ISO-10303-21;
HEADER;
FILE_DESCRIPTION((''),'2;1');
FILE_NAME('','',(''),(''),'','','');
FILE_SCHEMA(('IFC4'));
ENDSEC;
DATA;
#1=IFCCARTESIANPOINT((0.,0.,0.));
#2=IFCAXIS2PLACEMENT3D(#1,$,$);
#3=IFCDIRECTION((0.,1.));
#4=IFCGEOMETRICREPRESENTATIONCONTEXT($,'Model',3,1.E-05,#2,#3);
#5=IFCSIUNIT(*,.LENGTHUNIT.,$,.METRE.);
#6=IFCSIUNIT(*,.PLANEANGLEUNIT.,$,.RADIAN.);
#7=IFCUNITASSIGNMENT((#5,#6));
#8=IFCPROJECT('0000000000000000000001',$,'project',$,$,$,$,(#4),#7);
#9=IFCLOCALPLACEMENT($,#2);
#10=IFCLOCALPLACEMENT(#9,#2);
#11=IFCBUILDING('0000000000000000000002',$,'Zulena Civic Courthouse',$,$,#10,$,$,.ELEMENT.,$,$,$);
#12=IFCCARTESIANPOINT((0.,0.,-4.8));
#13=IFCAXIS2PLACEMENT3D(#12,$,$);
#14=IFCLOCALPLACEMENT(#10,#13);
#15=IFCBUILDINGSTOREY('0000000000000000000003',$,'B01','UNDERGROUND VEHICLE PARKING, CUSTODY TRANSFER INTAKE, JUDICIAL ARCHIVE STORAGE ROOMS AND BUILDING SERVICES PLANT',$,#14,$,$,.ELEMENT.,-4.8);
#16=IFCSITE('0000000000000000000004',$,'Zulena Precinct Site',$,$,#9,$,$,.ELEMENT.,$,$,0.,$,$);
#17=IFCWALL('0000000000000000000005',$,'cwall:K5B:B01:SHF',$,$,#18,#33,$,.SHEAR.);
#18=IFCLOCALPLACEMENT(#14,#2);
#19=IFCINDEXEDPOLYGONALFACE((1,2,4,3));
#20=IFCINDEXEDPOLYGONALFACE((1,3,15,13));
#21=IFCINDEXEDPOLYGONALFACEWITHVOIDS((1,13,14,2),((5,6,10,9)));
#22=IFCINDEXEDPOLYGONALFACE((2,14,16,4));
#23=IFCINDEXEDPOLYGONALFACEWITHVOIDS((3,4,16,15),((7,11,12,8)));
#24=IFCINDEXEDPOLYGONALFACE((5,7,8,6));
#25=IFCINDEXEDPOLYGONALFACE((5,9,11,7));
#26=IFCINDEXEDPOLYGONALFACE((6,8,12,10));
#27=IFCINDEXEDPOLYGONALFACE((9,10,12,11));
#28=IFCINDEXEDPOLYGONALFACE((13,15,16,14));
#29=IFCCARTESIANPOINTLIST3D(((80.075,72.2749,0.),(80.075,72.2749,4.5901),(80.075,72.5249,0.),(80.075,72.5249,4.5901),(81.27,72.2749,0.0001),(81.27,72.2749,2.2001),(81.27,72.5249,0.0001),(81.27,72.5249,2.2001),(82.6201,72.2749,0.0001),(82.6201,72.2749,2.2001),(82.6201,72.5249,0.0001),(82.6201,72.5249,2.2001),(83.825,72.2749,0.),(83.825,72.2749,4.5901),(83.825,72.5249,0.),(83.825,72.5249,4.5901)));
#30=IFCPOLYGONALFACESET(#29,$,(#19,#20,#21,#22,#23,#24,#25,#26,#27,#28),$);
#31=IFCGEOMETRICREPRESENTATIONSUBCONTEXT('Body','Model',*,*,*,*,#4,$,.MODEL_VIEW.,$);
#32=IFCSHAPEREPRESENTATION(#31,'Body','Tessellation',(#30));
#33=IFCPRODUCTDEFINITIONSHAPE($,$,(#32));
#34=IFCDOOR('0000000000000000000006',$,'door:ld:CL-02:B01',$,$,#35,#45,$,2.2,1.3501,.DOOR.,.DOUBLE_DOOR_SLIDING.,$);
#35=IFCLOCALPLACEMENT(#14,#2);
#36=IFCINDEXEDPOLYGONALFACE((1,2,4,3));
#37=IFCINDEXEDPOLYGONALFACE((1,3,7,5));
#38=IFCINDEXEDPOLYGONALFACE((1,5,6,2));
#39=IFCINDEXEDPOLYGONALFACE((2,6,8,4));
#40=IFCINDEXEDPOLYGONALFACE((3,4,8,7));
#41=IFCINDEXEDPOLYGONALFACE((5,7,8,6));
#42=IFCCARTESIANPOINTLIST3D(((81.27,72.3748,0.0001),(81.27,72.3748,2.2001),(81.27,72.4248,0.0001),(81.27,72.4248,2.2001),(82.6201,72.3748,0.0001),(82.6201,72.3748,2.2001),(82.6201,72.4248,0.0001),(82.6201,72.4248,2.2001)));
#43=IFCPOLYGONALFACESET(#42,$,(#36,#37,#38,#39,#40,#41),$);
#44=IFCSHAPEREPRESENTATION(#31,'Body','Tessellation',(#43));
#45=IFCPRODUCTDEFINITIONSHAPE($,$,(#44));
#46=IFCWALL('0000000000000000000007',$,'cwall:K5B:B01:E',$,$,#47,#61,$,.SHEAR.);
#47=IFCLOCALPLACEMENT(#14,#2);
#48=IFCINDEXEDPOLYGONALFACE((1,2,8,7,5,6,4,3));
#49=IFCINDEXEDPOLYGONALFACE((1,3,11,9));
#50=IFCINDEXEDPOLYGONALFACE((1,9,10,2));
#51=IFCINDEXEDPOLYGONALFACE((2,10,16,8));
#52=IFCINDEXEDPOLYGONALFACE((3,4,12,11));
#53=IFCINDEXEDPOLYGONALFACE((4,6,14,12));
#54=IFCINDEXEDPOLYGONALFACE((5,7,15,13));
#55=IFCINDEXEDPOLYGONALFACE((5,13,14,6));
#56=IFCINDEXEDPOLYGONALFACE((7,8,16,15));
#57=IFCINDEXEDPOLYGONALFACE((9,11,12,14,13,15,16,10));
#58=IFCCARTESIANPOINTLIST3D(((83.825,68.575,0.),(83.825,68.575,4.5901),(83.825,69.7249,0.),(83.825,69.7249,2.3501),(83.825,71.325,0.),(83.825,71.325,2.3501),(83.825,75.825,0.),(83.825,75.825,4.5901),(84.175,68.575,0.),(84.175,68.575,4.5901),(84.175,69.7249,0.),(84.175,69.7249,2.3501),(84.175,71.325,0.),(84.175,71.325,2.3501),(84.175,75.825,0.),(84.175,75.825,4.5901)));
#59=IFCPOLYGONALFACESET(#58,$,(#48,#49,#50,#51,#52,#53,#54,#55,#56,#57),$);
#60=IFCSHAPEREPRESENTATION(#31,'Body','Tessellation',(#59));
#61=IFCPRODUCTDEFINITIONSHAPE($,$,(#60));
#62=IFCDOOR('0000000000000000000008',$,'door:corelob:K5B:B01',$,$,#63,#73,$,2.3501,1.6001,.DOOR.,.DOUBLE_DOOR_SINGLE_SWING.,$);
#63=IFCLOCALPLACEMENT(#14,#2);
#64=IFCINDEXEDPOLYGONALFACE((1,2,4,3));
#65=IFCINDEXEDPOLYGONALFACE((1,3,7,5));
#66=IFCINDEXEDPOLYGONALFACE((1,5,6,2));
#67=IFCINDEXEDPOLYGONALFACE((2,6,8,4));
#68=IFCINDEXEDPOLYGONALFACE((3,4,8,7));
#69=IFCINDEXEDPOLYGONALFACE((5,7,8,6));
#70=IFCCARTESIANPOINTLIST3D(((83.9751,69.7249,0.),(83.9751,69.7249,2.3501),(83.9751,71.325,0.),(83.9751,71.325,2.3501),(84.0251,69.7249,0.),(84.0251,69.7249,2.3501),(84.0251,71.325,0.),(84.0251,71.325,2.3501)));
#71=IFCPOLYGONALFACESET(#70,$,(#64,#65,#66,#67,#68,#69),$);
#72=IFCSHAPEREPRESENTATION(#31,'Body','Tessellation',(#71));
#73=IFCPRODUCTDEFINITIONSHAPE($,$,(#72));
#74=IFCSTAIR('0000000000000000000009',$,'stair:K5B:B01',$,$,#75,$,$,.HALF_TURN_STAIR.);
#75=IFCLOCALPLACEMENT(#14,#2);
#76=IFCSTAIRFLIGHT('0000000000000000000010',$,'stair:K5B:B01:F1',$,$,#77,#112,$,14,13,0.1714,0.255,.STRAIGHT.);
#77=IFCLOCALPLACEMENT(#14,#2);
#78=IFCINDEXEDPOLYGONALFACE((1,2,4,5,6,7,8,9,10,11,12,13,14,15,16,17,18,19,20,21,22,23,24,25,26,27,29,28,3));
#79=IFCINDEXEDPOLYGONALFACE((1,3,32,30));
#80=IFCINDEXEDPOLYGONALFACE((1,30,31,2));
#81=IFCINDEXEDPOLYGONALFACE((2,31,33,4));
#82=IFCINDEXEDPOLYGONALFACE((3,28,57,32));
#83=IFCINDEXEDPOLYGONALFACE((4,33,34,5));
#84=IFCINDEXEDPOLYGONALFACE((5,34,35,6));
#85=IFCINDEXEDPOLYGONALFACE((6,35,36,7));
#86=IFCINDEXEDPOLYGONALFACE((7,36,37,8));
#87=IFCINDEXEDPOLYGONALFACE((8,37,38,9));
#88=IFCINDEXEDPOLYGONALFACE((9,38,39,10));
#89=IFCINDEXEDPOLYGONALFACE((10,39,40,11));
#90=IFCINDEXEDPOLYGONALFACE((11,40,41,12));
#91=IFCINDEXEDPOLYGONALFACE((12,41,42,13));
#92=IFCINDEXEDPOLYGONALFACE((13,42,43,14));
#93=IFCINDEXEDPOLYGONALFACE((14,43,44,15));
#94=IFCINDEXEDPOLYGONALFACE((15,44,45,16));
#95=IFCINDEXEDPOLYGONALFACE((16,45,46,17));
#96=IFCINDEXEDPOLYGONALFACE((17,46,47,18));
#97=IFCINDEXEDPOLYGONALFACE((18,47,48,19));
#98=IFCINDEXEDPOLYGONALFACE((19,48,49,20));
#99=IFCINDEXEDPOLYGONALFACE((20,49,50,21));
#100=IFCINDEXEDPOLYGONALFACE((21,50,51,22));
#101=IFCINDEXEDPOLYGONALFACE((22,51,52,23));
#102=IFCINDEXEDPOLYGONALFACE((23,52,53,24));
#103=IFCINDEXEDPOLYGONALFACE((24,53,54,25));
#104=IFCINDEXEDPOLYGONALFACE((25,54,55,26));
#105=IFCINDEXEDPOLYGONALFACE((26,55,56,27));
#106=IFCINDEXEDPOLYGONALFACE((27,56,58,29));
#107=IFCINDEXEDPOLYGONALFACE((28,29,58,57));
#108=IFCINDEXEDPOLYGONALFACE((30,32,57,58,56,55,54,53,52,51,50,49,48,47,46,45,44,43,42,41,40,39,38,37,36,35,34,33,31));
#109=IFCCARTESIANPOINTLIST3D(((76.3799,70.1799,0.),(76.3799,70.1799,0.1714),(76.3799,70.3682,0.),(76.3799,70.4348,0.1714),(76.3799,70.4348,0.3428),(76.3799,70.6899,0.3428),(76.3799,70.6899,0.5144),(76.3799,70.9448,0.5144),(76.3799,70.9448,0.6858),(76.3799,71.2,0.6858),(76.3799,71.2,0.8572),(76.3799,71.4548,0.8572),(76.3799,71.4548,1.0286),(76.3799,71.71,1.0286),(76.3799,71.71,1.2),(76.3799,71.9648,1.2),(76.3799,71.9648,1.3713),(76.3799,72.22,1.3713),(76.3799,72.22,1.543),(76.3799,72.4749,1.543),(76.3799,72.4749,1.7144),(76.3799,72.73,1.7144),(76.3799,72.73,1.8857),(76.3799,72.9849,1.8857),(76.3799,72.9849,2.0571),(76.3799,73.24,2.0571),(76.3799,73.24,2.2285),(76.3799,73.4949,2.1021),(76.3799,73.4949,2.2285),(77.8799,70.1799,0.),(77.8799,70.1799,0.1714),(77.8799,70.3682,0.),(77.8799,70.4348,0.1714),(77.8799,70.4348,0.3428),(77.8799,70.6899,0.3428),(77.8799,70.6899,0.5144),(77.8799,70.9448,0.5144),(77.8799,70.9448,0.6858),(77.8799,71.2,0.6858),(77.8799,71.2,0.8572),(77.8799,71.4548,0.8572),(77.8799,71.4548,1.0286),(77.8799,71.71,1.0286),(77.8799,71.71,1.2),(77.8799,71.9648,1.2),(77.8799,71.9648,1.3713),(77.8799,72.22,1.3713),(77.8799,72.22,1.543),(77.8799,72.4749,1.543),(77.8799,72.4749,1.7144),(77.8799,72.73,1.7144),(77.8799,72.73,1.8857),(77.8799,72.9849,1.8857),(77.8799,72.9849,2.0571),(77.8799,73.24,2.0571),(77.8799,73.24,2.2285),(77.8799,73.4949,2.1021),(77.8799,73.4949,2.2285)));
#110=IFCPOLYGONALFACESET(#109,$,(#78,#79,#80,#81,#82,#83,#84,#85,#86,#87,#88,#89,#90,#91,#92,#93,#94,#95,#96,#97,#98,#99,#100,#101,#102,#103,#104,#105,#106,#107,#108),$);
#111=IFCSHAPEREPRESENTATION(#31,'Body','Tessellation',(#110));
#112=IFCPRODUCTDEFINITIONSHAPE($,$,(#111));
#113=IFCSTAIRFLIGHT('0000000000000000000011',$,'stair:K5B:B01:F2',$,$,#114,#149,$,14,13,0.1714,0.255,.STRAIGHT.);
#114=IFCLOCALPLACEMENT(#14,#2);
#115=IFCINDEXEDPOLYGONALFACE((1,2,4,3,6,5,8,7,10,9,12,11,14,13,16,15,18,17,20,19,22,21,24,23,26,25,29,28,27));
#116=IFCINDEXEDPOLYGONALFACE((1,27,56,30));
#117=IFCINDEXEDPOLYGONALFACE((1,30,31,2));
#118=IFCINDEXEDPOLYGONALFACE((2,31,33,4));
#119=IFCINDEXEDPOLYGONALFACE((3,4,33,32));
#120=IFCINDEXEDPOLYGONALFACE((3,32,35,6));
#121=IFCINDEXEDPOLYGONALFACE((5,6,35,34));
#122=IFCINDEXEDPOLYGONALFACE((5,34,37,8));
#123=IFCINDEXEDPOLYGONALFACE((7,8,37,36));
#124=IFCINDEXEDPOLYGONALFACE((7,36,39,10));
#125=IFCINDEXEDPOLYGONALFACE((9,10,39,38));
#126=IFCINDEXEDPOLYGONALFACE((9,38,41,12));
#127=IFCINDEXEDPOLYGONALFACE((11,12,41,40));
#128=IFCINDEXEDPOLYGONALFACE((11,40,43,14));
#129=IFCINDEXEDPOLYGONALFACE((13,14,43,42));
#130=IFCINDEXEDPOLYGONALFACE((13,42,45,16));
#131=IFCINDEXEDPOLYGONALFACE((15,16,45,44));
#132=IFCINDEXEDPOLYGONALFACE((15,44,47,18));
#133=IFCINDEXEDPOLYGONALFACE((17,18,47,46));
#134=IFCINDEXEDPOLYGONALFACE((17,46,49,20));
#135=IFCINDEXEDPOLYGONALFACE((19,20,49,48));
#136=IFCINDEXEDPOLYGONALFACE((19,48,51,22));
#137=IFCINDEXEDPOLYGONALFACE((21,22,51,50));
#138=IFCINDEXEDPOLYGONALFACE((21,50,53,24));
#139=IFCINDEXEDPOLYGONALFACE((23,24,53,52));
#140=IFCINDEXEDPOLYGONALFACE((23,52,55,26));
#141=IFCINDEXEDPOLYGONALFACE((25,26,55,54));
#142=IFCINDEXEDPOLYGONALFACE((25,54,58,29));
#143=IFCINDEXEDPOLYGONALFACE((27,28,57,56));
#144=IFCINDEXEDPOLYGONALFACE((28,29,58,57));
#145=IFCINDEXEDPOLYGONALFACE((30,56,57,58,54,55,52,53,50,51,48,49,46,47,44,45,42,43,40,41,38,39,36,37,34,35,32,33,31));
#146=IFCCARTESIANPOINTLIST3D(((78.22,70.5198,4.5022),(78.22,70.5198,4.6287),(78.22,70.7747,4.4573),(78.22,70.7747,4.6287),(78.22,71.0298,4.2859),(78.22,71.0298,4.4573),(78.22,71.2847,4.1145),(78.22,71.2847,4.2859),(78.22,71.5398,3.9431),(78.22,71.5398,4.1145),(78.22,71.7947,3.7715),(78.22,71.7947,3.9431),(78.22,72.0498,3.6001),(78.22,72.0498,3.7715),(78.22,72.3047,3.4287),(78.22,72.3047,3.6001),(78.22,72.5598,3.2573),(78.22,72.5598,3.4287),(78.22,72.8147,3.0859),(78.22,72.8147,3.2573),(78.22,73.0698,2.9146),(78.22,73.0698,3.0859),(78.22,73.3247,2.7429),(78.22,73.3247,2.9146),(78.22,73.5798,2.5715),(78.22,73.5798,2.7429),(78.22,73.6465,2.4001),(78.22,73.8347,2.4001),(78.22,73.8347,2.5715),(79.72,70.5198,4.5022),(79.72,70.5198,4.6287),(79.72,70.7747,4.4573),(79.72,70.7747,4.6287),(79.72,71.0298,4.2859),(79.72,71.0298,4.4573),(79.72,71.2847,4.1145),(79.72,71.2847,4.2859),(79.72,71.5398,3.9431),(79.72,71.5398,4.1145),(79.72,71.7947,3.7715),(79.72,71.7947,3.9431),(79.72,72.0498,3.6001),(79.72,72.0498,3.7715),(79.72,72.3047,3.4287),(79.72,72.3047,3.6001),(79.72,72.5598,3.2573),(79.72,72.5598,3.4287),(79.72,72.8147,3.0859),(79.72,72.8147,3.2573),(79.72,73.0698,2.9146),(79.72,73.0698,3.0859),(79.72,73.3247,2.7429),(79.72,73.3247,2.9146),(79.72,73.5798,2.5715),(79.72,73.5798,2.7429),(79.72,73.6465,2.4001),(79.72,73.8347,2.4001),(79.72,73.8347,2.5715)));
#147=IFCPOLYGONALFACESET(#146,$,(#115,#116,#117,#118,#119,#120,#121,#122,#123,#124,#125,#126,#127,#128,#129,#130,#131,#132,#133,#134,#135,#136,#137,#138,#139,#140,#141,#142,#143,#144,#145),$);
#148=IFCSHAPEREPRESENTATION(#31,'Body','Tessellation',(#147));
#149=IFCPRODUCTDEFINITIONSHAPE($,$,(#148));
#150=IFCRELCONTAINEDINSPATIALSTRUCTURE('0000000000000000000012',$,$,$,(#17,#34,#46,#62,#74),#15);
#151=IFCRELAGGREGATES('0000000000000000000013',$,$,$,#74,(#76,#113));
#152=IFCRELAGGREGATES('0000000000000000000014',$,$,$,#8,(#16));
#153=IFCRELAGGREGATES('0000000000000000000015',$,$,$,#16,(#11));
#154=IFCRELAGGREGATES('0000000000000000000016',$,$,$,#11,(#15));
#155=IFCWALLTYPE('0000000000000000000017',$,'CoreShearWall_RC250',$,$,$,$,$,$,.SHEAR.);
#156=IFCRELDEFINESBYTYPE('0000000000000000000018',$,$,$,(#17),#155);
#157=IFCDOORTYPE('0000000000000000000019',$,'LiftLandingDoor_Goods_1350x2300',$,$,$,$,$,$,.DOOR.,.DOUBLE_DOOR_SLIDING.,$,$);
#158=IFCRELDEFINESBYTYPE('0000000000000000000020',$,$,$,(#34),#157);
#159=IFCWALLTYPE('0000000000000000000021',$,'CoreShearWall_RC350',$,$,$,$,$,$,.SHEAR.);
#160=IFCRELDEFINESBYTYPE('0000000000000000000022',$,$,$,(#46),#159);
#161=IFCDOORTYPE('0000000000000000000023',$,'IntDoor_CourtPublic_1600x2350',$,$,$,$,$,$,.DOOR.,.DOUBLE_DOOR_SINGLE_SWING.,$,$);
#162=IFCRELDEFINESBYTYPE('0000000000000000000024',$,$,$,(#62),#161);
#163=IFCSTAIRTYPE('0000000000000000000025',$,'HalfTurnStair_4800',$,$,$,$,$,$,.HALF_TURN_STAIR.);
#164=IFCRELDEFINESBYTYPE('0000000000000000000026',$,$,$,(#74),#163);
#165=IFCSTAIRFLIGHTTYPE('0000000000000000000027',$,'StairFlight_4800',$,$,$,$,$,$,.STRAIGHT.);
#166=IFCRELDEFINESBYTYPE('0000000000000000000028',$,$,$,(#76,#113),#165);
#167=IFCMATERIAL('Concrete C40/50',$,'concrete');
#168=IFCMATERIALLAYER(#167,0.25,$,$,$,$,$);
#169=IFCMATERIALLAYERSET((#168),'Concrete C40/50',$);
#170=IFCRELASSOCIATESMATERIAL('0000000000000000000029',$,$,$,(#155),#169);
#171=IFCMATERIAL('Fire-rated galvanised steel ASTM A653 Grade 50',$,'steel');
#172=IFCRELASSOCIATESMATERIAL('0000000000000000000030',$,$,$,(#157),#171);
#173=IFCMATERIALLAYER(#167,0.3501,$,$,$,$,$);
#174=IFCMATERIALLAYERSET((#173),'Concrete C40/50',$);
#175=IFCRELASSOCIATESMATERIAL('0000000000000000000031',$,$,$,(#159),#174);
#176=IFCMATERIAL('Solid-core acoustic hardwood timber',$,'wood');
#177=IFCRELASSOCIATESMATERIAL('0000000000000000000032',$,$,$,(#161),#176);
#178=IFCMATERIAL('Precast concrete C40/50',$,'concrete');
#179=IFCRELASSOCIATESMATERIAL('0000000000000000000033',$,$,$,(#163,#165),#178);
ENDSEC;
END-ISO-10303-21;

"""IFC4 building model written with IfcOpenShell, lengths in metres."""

from ifc_helpers import new_model, si_unit, direction, frame, frame_2d, origin, place, context, subcontext, project, spatial, polyline, rectangle, outline, extrude, material, layer, layer_set, type_object, element, fill, aggregate, save


model = new_model("IFC4")

# Units and contexts
model_context = context("Model", 3, precision=1e-05, world=origin(), true_north=direction((0.0, 1.0)))
body_context = subcontext(model_context, "Body", "Model", "MODEL_VIEW")
ifc_project = project(units=[si_unit("LENGTHUNIT", "METRE"), si_unit("PLANEANGLEUNIT", "RADIAN")], contexts=[model_context])

# Site, building, storey
site_placement = place(None, origin())
site = spatial("IfcSite", under=ifc_project, at=site_placement, Name="Zulena Precinct Site", CompositionType="ELEMENT", RefElevation=0.0)
building_placement = place(site_placement, origin())
building = spatial("IfcBuilding", under=site, at=building_placement, Name="Zulena Civic Courthouse", CompositionType="ELEMENT")
storey_placement = place(building_placement, frame((0.0, 0.0, -4.8)))
storey = spatial("IfcBuildingStorey", under=building, at=storey_placement, Name="B01", Description="UNDERGROUND VEHICLE PARKING, CUSTODY TRANSFER INTAKE, JUDICIAL ARCHIVE STORAGE ROOMS AND BUILDING SERVICES PLANT", CompositionType="ELEMENT", Elevation=-4.8)

# Shared definitions
ifc_material_1 = material(Name="Concrete C40/50", Category="concrete")

# Walls, openings, doors
ifc_layer_1 = layer(ifc_material_1, 0.25)
ifc_layer_set_1 = layer_set([ifc_layer_1], Name="Concrete C40/50")
wall_type_1 = type_object("IfcWallType", Name="CoreShearWall_RC250", PredefinedType="SHEAR", material=ifc_layer_set_1)
ifc_material_2 = material(Name="Fire-rated galvanised steel ASTM A653 Grade 50", Category="steel")
wall_1_placement = place(storey_placement, frame((80.075, 72.3999, 0.0), z_axis=(0.0, 0.0, 1.0), x_axis=(1.0, 0.0, 0.0)))
wall_1 = element("IfcWall", 1, at=wall_1_placement, inside=storey, type_object=wall_type_1, Name="cwall:K5B:B01:SHF", PredefinedType="SHEAR", context=body_context, shape_type="SweptSolid", body=[
    extrude(rectangle(XDim=3.75, YDim=0.25, at=frame_2d((1.875, 0.0))), origin(), (0.0, 0.0, 1.0), 4.5901),
])
opening_1_placement = place(wall_1_placement, frame((1.1951, 0.0, 0.0)))
opening_1 = element("IfcOpeningElement", 2, at=opening_1_placement, cuts=wall_1, PredefinedType="OPENING", context=body_context, shape_type="SweptSolid", body=[
    extrude(rectangle(XDim=1.3501, YDim=2.2, at=frame_2d((0.675, 1.1001))), frame((0.0, 0.135, 0.0), z_axis=(0.0, -1.0, 0.0), x_axis=(1.0, 0.0, 0.0)), (0.0, 0.0, 1.0), 0.27),
])
door_type_1 = type_object("IfcDoorType", Name="LiftLandingDoor_Goods_1350x2300", OperationType="DOUBLE_DOOR_SLIDING", PredefinedType="DOOR", material=ifc_material_2)
door_1_placement = place(opening_1_placement, origin())
door_1 = element("IfcDoor", 3, at=door_1_placement, inside=storey, type_object=door_type_1, Name="door:ld:CL-02:B01", OperationType="DOUBLE_DOOR_SLIDING", OverallHeight=2.2, OverallWidth=1.3501, PredefinedType="DOOR", context=body_context, shape_type="SweptSolid", body=[
    extrude(rectangle(XDim=1.3501, YDim=2.2, at=frame_2d((0.675, 1.1001))), frame((0.0, 0.0249, 0.0), z_axis=(0.0, -1.0, 0.0), x_axis=(1.0, 0.0, 0.0)), (0.0, 0.0, 1.0), 0.05),
])
fill(opening_1, door_1)
ifc_layer_2 = layer(ifc_material_1, 0.3501)
ifc_layer_set_2 = layer_set([ifc_layer_2], Name="Concrete C40/50")
wall_type_2 = type_object("IfcWallType", Name="CoreShearWall_RC350", PredefinedType="SHEAR", material=ifc_layer_set_2)
wall_2_placement = place(storey_placement, frame((84.0, 68.575, 0.0), z_axis=(0.0, 0.0, 1.0), x_axis=(0.0, 1.0, 0.0)))
wall_2 = element("IfcWall", 4, at=wall_2_placement, inside=storey, type_object=wall_type_2, Name="cwall:K5B:B01:E", PredefinedType="SHEAR", context=body_context, shape_type="SweptSolid", body=[
    extrude(rectangle(XDim=7.25, YDim=0.3501, at=frame_2d((3.625, 0.0))), origin(), (0.0, 0.0, 1.0), 4.5901),
])
opening_2_placement = place(wall_2_placement, frame((1.1499, 0.0, 0.0)))
opening_2 = element("IfcOpeningElement", 5, at=opening_2_placement, cuts=wall_2, PredefinedType="OPENING", context=body_context, shape_type="SweptSolid", body=[
    extrude(rectangle(XDim=1.6001, YDim=2.3501, at=frame_2d((0.8, 1.175))), frame((0.0, 0.1851, 0.0), z_axis=(0.0, -1.0, 0.0), x_axis=(1.0, 0.0, 0.0)), (0.0, 0.0, 1.0), 0.3701),
])
ifc_material_3 = material(Name="Solid-core acoustic hardwood timber", Category="wood")
door_type_2 = type_object("IfcDoorType", Name="IntDoor_CourtPublic_1600x2350", OperationType="DOUBLE_DOOR_SINGLE_SWING", PredefinedType="DOOR", material=ifc_material_3)
door_2_placement = place(opening_2_placement, origin())
door_2 = element("IfcDoor", 6, at=door_2_placement, inside=storey, type_object=door_type_2, Name="door:corelob:K5B:B01", OperationType="DOUBLE_DOOR_SINGLE_SWING", OverallHeight=2.3501, OverallWidth=1.6001, PredefinedType="DOOR", context=body_context, shape_type="SweptSolid", body=[
    extrude(rectangle(XDim=1.6001, YDim=2.3501, at=frame_2d((0.8, 1.175))), frame((0.0, 0.0249, 0.0), z_axis=(0.0, -1.0, 0.0), x_axis=(1.0, 0.0, 0.0)), (0.0, 0.0, 1.0), 0.05),
])
fill(opening_2, door_2)

# Stair, stair flights
ifc_material_4 = material(Name="Precast concrete C40/50", Category="concrete")
stair_type = type_object("IfcStairType", Name="HalfTurnStair_4800", PredefinedType="HALF_TURN_STAIR", material=ifc_material_4)
stair_placement = place(storey_placement, origin())
stair = element("IfcStair", 7, at=stair_placement, inside=storey, type_object=stair_type, Name="stair:K5B:B01", PredefinedType="HALF_TURN_STAIR")
stair_flight_type = type_object("IfcStairFlightType", Name="StairFlight_4800", PredefinedType="STRAIGHT", material=ifc_material_4)
stair_flight_1_placement = place(storey_placement, frame((77.1299, 70.1799, 0.0), z_axis=(0.0, 0.0, 1.0), x_axis=(0.0, 1.0, 0.0)))
stair_flight_1 = element("IfcStairFlight", 8, at=stair_flight_1_placement, type_object=stair_flight_type, Name="stair:K5B:B01:F1", NumberOfRisers=14, NumberOfTreads=13, PredefinedType="STRAIGHT", RiserHeight=0.1714, TreadLength=0.255, context=body_context, shape_type="SweptSolid", body=[
    extrude(outline(polyline([(0.0, 0.0), (0.0, 0.1714), (0.2549, 0.1714), (0.2549, 0.3428), (0.51, 0.3428), (0.51, 0.5144), (0.7649, 0.5144), (0.7649, 0.6858), (1.02, 0.6858), (1.02, 0.8572), (1.2749, 0.8572), (1.2749, 1.0286), (1.53, 1.0286), (1.53, 1.2), (1.7849, 1.2), (1.7849, 1.3713), (2.04, 1.3713), (2.04, 1.543), (2.2949, 1.543), (2.2949, 1.7144), (2.55, 1.7144), (2.55, 1.8857), (2.8049, 1.8857), (2.8049, 2.0571), (3.0601, 2.0571), (3.0601, 2.2285), (3.3149, 2.2285), (3.3149, 2.3999), (3.3149, 2.1021), (0.1882, 0.0), (0.0, 0.0)])), frame((0.0, 0.75, 0.0), z_axis=(0.0, -1.0, 0.0), x_axis=(1.0, 0.0, 0.0)), (0.0, 0.0, 1.0), 1.5),
])
stair_flight_2_placement = place(storey_placement, frame((78.97, 73.8347, 2.4001), z_axis=(0.0, 0.0, 1.0), x_axis=(0.0, -1.0, 0.0)))
stair_flight_2 = element("IfcStairFlight", 9, at=stair_flight_2_placement, type_object=stair_flight_type, Name="stair:K5B:B01:F2", NumberOfRisers=14, NumberOfTreads=13, PredefinedType="STRAIGHT", RiserHeight=0.1714, TreadLength=0.255, context=body_context, shape_type="SweptSolid", body=[
    extrude(outline(polyline([(0.0, 0.0), (0.0, 0.1714), (0.2549, 0.1714), (0.2549, 0.3428), (0.51, 0.3428), (0.51, 0.5144), (0.7649, 0.5144), (0.7649, 0.6858), (1.02, 0.6858), (1.02, 0.8572), (1.2749, 0.8572), (1.2749, 1.0286), (1.53, 1.0286), (1.53, 1.2), (1.7849, 1.2), (1.7849, 1.3713), (2.04, 1.3713), (2.04, 1.543), (2.2949, 1.543), (2.2949, 1.7144), (2.55, 1.7144), (2.55, 1.8857), (2.8049, 1.8857), (2.8049, 2.0571), (3.0601, 2.0571), (3.0601, 2.2285), (3.3149, 2.2285), (3.3149, 2.3999), (3.3149, 2.1021), (0.1882, 0.0), (0.0, 0.0)])), frame((0.0, 0.75, 0.0), z_axis=(0.0, -1.0, 0.0), x_axis=(1.0, 0.0, 0.0)), (0.0, 0.0, 1.0), 1.5),
])
aggregate(stair, [stair_flight_1, stair_flight_2])

save(model, "model.ifc")
